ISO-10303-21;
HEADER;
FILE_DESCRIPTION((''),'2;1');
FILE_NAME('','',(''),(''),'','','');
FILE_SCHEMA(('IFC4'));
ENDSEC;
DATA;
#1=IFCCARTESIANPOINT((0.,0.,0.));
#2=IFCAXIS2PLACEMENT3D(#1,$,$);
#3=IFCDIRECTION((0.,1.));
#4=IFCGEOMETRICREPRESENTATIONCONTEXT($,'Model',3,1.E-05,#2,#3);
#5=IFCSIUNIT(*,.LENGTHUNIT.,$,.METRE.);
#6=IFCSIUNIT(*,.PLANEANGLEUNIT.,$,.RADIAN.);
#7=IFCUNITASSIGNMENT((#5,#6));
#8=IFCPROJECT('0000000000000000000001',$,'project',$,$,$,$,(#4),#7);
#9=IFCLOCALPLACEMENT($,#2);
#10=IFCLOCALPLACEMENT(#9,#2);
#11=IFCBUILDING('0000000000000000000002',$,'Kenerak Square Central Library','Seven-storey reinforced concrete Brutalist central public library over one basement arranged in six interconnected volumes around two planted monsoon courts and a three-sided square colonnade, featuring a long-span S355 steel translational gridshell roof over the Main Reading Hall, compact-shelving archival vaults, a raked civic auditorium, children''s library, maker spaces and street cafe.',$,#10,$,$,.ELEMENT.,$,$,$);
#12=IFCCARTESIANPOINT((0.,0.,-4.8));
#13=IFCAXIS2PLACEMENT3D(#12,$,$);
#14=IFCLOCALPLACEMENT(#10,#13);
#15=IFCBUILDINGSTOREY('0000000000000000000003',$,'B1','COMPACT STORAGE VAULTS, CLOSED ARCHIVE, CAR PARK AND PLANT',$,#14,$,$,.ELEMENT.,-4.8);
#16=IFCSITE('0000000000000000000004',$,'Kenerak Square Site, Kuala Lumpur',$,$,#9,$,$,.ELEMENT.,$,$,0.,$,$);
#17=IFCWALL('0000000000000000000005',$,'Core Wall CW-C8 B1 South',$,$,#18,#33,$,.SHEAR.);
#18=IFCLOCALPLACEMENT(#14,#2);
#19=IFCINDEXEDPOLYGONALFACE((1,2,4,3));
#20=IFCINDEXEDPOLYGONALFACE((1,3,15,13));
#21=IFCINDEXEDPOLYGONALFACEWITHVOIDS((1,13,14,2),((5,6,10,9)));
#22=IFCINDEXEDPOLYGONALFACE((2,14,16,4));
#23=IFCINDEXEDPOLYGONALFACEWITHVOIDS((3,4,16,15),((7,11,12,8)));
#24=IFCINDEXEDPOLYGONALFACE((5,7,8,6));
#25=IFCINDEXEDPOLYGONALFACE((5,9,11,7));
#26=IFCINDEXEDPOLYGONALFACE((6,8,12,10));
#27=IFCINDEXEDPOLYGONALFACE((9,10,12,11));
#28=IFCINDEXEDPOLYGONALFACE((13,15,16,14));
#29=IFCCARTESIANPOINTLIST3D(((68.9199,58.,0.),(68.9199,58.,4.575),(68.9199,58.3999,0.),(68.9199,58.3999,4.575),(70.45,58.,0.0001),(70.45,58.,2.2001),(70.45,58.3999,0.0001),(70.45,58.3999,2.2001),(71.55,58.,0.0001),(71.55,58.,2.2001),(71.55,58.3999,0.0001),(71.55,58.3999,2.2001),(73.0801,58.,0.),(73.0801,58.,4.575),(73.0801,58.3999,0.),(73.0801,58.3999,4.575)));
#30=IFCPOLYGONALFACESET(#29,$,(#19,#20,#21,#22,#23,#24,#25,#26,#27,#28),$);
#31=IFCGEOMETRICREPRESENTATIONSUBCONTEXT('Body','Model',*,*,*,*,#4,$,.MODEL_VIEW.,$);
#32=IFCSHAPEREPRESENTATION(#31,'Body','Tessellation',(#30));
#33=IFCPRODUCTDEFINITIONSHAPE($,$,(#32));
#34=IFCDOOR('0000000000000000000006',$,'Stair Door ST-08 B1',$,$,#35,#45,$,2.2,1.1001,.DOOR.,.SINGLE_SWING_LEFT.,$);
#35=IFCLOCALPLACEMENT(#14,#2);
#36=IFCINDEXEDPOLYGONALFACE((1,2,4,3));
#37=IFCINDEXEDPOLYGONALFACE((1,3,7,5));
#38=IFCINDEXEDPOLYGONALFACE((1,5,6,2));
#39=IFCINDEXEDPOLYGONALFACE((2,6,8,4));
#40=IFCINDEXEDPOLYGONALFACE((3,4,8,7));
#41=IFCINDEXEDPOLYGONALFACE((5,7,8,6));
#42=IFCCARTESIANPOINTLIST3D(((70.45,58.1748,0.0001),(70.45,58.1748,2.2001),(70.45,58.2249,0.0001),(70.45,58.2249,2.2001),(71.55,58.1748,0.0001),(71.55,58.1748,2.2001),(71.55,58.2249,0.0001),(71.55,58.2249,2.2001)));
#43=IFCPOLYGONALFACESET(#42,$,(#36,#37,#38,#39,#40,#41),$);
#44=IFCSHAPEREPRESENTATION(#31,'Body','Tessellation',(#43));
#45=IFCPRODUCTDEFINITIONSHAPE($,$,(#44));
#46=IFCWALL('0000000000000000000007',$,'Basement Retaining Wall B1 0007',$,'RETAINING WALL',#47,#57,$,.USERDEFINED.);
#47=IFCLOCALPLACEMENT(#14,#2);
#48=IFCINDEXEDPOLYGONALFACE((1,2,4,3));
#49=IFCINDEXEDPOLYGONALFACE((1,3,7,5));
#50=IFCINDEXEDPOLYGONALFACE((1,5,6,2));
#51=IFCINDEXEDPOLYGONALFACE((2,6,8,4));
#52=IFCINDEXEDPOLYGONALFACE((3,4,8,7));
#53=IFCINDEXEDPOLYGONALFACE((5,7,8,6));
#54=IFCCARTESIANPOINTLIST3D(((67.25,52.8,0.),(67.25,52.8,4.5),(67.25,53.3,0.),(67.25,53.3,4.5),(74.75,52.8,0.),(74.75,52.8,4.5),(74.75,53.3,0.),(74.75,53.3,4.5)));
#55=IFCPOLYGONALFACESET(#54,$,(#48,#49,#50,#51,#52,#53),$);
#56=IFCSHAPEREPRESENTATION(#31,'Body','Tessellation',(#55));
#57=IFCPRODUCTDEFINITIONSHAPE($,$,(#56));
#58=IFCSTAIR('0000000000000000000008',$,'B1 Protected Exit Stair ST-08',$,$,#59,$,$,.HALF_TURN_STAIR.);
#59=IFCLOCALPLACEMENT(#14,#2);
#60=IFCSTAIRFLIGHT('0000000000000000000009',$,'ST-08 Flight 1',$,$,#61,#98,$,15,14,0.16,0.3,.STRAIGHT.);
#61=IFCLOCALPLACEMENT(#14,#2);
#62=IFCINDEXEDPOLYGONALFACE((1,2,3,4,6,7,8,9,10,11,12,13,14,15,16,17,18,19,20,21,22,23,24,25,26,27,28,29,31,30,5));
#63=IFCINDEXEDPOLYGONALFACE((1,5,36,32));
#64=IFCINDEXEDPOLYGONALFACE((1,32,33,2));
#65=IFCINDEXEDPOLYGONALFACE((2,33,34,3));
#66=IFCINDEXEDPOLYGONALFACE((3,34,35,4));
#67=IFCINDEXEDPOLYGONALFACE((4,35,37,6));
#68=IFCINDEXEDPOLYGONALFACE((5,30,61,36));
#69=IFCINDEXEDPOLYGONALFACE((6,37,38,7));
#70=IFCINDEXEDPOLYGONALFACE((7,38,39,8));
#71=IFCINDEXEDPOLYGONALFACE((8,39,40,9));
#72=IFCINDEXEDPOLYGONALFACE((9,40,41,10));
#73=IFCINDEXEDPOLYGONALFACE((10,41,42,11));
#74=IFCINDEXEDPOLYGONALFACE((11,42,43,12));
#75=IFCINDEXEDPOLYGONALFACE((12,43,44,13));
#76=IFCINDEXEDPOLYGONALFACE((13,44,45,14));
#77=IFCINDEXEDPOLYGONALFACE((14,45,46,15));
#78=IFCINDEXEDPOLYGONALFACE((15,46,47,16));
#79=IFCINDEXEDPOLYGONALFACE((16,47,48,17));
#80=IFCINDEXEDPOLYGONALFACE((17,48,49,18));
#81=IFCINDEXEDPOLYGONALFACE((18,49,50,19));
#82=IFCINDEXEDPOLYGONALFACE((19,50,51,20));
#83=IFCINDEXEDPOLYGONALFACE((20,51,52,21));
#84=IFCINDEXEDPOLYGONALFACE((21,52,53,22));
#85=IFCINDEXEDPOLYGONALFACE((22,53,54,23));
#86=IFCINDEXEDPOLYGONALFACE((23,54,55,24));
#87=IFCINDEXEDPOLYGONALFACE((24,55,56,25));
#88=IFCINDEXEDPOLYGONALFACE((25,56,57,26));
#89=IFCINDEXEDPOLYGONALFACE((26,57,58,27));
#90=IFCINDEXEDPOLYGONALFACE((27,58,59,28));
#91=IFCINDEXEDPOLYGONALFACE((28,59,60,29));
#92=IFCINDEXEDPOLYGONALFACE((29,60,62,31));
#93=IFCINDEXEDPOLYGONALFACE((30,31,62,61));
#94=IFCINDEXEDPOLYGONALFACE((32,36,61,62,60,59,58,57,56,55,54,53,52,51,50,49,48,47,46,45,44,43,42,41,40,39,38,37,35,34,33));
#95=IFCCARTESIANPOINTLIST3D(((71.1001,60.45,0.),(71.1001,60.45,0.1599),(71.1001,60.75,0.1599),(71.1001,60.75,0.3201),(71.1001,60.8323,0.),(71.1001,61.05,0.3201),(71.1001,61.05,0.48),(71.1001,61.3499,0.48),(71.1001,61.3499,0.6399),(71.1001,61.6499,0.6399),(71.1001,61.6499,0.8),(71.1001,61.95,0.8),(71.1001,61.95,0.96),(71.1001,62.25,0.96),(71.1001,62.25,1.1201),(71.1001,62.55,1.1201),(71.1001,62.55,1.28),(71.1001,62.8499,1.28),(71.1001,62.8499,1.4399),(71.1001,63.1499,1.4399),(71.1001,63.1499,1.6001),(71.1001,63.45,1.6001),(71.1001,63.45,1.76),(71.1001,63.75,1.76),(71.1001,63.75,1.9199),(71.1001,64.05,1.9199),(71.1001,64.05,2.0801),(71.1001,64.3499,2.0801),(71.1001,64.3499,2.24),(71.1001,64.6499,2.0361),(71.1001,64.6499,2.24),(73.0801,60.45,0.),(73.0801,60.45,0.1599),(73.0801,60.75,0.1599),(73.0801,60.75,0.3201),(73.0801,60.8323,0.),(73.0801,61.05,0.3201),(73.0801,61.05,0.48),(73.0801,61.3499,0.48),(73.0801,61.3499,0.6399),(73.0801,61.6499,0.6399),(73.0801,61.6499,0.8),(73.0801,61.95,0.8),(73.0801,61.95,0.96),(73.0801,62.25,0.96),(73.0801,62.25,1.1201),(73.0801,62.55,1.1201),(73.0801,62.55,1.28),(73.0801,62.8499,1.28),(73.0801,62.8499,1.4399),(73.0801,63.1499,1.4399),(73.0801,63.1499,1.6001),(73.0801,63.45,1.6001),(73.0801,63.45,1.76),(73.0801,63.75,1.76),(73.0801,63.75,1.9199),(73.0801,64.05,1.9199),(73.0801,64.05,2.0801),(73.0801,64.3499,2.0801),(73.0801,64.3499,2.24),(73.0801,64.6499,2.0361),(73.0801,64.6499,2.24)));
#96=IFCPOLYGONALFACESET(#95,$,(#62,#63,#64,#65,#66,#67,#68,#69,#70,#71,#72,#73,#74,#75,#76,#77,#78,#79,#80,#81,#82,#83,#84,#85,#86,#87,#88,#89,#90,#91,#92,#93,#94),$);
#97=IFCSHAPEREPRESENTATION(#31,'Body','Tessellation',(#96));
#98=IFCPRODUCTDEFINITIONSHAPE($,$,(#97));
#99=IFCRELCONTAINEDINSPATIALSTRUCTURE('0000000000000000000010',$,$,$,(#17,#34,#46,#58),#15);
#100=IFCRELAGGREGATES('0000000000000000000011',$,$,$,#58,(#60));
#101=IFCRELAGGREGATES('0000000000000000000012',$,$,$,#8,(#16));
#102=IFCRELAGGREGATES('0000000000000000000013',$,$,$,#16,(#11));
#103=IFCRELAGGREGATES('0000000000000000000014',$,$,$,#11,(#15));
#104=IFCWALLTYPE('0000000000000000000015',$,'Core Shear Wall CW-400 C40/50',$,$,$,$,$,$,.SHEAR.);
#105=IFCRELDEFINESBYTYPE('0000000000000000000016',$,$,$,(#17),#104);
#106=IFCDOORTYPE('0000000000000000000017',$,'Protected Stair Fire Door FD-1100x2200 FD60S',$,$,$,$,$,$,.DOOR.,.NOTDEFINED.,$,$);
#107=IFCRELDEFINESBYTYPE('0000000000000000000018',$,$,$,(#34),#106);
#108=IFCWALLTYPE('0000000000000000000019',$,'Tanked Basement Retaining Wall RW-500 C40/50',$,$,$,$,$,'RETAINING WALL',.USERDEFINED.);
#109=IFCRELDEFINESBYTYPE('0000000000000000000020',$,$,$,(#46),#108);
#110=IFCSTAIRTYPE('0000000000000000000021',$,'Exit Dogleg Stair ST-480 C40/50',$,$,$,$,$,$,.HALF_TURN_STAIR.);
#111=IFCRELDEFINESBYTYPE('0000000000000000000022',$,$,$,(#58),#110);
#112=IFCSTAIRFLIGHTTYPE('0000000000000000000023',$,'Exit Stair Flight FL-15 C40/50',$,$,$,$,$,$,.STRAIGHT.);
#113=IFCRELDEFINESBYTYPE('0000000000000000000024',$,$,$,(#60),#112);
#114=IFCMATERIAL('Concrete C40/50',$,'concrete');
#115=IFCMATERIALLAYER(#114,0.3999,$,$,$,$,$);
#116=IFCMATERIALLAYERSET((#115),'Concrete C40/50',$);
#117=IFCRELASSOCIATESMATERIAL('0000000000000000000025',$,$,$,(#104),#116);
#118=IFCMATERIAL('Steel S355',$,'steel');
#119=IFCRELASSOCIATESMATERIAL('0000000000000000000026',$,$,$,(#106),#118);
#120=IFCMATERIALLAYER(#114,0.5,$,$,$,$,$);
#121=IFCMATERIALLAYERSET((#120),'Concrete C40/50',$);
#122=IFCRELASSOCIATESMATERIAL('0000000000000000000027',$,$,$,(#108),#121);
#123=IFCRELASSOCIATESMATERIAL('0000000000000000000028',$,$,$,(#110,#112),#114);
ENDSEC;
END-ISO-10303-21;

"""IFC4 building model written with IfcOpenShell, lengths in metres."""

from ifc_helpers import new_model, si_unit, direction, frame, frame_2d, origin, place, context, subcontext, project, spatial, polyline, rectangle, outline, extrude, material, layer, layer_set, type_object, element, fill, aggregate, save


model = new_model("IFC4")

# Units and contexts
model_context = context("Model", 3, precision=1e-05, world=origin(), true_north=direction((0.0, 1.0)))
body_context = subcontext(model_context, "Body", "Model", "MODEL_VIEW")
ifc_project = project(units=[si_unit("LENGTHUNIT", "METRE"), si_unit("PLANEANGLEUNIT", "RADIAN")], contexts=[model_context])

# Site, building, storey
site_placement = place(None, origin())
site = spatial("IfcSite", under=ifc_project, at=site_placement, Name="Kenerak Square Site, Kuala Lumpur", CompositionType="ELEMENT", RefElevation=0.0)
building_placement = place(site_placement, origin())
building = spatial("IfcBuilding", under=site, at=building_placement, Name="Kenerak Square Central Library", Description="Seven-storey reinforced concrete Brutalist central public library over one basement arranged in six interconnected volumes around two planted monsoon courts and a three-sided square colonnade, featuring a long-span S355 steel translational gridshell roof over the Main Reading Hall, compact-shelving archival vaults, a raked civic auditorium, children's library, maker spaces and street cafe.", CompositionType="ELEMENT")
storey_placement = place(building_placement, frame((0.0, 0.0, -4.8)))
storey = spatial("IfcBuildingStorey", under=building, at=storey_placement, Name="B1", Description="COMPACT STORAGE VAULTS, CLOSED ARCHIVE, CAR PARK AND PLANT", CompositionType="ELEMENT", Elevation=-4.8)

# Shared definitions
ifc_material_1 = material(Name="Concrete C40/50", Category="concrete")

# Shared definitions
ifc_layer_1 = layer(ifc_material_1, 0.3999)
ifc_layer_set_1 = layer_set([ifc_layer_1], Name="Concrete C40/50")
wall_type_1 = type_object("IfcWallType", Name="Core Shear Wall CW-400 C40/50", PredefinedType="SHEAR", material=ifc_layer_set_1)

# Wall, opening, door
wall_1_placement = place(storey_placement, frame((73.0801, 58.2, 0.0), z_axis=(0.0, 0.0, 1.0), x_axis=(-1.0, 0.0, 0.0)))
wall_1 = element("IfcWall", 1, at=wall_1_placement, inside=storey, type_object=wall_type_1, Name="Core Wall CW-C8 B1 South", PredefinedType="SHEAR", context=body_context, shape_type="SweptSolid", body=[
    extrude(rectangle(XDim=4.1602, YDim=0.3999, at=frame_2d((2.0801, 0.0))), origin(), (0.0, 0.0, 1.0), 4.575),
])
opening_placement = place(wall_1_placement, frame((1.53, 0.0, 0.0)))
opening = element("IfcOpeningElement", 2, at=opening_placement, cuts=wall_1, PredefinedType="OPENING", context=body_context, shape_type="SweptSolid", body=[
    extrude(rectangle(XDim=1.1001, YDim=2.2, at=frame_2d((0.55, 1.1001))), frame((0.0, 0.21, 0.0), z_axis=(0.0, -1.0, 0.0), x_axis=(1.0, 0.0, 0.0)), (0.0, 0.0, 1.0), 0.4199),
])
ifc_material_2 = material(Name="Steel S355", Category="steel")
door_type = type_object("IfcDoorType", Name="Protected Stair Fire Door FD-1100x2200 FD60S", OperationType="NOTDEFINED", PredefinedType="DOOR", material=ifc_material_2)
door_placement = place(opening_placement, frame((1.1001, 0.0, 0.0), z_axis=(0.0, 0.0, 1.0), x_axis=(-1.0, 0.0, 0.0)))
door = element("IfcDoor", 3, at=door_placement, inside=storey, type_object=door_type, Name="Stair Door ST-08 B1", OperationType="SINGLE_SWING_LEFT", OverallHeight=2.2, OverallWidth=1.1001, PredefinedType="DOOR", context=body_context, shape_type="SweptSolid", body=[
    extrude(rectangle(XDim=1.1001, YDim=2.2, at=frame_2d((0.55, 1.1001))), frame((0.0, 0.0249, 0.0), z_axis=(0.0, -1.0, 0.0), x_axis=(1.0, 0.0, 0.0)), (0.0, 0.0, 1.0), 0.05),
])
fill(opening, door)

# Wall
ifc_layer_2 = layer(ifc_material_1, 0.5)
ifc_layer_set_2 = layer_set([ifc_layer_2], Name="Concrete C40/50")
wall_type_2 = type_object("IfcWallType", Name="Tanked Basement Retaining Wall RW-500 C40/50", ElementType="RETAINING WALL", PredefinedType="USERDEFINED", material=ifc_layer_set_2)
wall_2_placement = place(storey_placement, frame((74.75, 53.05, 0.0), z_axis=(0.0, 0.0, 1.0), x_axis=(-1.0, 0.0, 0.0)))
element("IfcWall", 4, at=wall_2_placement, inside=storey, type_object=wall_type_2, Name="Basement Retaining Wall B1 0007", ObjectType="RETAINING WALL", PredefinedType="USERDEFINED", context=body_context, shape_type="SweptSolid", body=[
    extrude(rectangle(XDim=7.5, YDim=0.5, at=frame_2d((3.75, 0.0))), origin(), (0.0, 0.0, 1.0), 4.5),
])

# Stair, stair flight
stair_type = type_object("IfcStairType", Name="Exit Dogleg Stair ST-480 C40/50", PredefinedType="HALF_TURN_STAIR", material=ifc_material_1)
stair_placement = place(storey_placement, origin())
stair = element("IfcStair", 5, at=stair_placement, inside=storey, type_object=stair_type, Name="B1 Protected Exit Stair ST-08", PredefinedType="HALF_TURN_STAIR")
stair_flight_type = type_object("IfcStairFlightType", Name="Exit Stair Flight FL-15 C40/50", PredefinedType="STRAIGHT", material=ifc_material_1)
stair_flight_placement = place(storey_placement, frame((72.0901, 60.45, 0.0), z_axis=(0.0, 0.0, 1.0), x_axis=(0.0, 1.0, 0.0)))
stair_flight = element("IfcStairFlight", 6, at=stair_flight_placement, type_object=stair_flight_type, Name="ST-08 Flight 1", NumberOfRisers=15, NumberOfTreads=14, PredefinedType="STRAIGHT", RiserHeight=0.16, TreadLength=0.3, context=body_context, shape_type="SweptSolid", body=[
    extrude(outline(polyline([(0.0, 0.0), (0.0, 0.1599), (0.3, 0.1599), (0.3, 0.3201), (0.6001, 0.3201), (0.6001, 0.48), (0.8999, 0.48), (0.8999, 0.6399), (1.2, 0.6399), (1.2, 0.8), (1.5, 0.8), (1.5, 0.96), (1.8, 0.96), (1.8, 1.1201), (2.1001, 1.1201), (2.1001, 1.28), (2.3999, 1.28), (2.3999, 1.4399), (2.7, 1.4399), (2.7, 1.6001), (3.0, 1.6001), (3.0, 1.76), (3.3, 1.76), (3.3, 1.9199), (3.6001, 1.9199), (3.6001, 2.0801), (3.8999, 2.0801), (3.8999, 2.24), (4.2, 2.24), (4.2, 2.3999), (4.2, 2.0361), (0.3823, 0.0), (0.0, 0.0)])), frame((0.0, 0.99, 0.0), z_axis=(0.0, -1.0, 0.0), x_axis=(1.0, 0.0, 0.0)), (0.0, 0.0, 1.0), 1.98),
])
aggregate(stair, [stair_flight])

save(model, "model.ifc")
